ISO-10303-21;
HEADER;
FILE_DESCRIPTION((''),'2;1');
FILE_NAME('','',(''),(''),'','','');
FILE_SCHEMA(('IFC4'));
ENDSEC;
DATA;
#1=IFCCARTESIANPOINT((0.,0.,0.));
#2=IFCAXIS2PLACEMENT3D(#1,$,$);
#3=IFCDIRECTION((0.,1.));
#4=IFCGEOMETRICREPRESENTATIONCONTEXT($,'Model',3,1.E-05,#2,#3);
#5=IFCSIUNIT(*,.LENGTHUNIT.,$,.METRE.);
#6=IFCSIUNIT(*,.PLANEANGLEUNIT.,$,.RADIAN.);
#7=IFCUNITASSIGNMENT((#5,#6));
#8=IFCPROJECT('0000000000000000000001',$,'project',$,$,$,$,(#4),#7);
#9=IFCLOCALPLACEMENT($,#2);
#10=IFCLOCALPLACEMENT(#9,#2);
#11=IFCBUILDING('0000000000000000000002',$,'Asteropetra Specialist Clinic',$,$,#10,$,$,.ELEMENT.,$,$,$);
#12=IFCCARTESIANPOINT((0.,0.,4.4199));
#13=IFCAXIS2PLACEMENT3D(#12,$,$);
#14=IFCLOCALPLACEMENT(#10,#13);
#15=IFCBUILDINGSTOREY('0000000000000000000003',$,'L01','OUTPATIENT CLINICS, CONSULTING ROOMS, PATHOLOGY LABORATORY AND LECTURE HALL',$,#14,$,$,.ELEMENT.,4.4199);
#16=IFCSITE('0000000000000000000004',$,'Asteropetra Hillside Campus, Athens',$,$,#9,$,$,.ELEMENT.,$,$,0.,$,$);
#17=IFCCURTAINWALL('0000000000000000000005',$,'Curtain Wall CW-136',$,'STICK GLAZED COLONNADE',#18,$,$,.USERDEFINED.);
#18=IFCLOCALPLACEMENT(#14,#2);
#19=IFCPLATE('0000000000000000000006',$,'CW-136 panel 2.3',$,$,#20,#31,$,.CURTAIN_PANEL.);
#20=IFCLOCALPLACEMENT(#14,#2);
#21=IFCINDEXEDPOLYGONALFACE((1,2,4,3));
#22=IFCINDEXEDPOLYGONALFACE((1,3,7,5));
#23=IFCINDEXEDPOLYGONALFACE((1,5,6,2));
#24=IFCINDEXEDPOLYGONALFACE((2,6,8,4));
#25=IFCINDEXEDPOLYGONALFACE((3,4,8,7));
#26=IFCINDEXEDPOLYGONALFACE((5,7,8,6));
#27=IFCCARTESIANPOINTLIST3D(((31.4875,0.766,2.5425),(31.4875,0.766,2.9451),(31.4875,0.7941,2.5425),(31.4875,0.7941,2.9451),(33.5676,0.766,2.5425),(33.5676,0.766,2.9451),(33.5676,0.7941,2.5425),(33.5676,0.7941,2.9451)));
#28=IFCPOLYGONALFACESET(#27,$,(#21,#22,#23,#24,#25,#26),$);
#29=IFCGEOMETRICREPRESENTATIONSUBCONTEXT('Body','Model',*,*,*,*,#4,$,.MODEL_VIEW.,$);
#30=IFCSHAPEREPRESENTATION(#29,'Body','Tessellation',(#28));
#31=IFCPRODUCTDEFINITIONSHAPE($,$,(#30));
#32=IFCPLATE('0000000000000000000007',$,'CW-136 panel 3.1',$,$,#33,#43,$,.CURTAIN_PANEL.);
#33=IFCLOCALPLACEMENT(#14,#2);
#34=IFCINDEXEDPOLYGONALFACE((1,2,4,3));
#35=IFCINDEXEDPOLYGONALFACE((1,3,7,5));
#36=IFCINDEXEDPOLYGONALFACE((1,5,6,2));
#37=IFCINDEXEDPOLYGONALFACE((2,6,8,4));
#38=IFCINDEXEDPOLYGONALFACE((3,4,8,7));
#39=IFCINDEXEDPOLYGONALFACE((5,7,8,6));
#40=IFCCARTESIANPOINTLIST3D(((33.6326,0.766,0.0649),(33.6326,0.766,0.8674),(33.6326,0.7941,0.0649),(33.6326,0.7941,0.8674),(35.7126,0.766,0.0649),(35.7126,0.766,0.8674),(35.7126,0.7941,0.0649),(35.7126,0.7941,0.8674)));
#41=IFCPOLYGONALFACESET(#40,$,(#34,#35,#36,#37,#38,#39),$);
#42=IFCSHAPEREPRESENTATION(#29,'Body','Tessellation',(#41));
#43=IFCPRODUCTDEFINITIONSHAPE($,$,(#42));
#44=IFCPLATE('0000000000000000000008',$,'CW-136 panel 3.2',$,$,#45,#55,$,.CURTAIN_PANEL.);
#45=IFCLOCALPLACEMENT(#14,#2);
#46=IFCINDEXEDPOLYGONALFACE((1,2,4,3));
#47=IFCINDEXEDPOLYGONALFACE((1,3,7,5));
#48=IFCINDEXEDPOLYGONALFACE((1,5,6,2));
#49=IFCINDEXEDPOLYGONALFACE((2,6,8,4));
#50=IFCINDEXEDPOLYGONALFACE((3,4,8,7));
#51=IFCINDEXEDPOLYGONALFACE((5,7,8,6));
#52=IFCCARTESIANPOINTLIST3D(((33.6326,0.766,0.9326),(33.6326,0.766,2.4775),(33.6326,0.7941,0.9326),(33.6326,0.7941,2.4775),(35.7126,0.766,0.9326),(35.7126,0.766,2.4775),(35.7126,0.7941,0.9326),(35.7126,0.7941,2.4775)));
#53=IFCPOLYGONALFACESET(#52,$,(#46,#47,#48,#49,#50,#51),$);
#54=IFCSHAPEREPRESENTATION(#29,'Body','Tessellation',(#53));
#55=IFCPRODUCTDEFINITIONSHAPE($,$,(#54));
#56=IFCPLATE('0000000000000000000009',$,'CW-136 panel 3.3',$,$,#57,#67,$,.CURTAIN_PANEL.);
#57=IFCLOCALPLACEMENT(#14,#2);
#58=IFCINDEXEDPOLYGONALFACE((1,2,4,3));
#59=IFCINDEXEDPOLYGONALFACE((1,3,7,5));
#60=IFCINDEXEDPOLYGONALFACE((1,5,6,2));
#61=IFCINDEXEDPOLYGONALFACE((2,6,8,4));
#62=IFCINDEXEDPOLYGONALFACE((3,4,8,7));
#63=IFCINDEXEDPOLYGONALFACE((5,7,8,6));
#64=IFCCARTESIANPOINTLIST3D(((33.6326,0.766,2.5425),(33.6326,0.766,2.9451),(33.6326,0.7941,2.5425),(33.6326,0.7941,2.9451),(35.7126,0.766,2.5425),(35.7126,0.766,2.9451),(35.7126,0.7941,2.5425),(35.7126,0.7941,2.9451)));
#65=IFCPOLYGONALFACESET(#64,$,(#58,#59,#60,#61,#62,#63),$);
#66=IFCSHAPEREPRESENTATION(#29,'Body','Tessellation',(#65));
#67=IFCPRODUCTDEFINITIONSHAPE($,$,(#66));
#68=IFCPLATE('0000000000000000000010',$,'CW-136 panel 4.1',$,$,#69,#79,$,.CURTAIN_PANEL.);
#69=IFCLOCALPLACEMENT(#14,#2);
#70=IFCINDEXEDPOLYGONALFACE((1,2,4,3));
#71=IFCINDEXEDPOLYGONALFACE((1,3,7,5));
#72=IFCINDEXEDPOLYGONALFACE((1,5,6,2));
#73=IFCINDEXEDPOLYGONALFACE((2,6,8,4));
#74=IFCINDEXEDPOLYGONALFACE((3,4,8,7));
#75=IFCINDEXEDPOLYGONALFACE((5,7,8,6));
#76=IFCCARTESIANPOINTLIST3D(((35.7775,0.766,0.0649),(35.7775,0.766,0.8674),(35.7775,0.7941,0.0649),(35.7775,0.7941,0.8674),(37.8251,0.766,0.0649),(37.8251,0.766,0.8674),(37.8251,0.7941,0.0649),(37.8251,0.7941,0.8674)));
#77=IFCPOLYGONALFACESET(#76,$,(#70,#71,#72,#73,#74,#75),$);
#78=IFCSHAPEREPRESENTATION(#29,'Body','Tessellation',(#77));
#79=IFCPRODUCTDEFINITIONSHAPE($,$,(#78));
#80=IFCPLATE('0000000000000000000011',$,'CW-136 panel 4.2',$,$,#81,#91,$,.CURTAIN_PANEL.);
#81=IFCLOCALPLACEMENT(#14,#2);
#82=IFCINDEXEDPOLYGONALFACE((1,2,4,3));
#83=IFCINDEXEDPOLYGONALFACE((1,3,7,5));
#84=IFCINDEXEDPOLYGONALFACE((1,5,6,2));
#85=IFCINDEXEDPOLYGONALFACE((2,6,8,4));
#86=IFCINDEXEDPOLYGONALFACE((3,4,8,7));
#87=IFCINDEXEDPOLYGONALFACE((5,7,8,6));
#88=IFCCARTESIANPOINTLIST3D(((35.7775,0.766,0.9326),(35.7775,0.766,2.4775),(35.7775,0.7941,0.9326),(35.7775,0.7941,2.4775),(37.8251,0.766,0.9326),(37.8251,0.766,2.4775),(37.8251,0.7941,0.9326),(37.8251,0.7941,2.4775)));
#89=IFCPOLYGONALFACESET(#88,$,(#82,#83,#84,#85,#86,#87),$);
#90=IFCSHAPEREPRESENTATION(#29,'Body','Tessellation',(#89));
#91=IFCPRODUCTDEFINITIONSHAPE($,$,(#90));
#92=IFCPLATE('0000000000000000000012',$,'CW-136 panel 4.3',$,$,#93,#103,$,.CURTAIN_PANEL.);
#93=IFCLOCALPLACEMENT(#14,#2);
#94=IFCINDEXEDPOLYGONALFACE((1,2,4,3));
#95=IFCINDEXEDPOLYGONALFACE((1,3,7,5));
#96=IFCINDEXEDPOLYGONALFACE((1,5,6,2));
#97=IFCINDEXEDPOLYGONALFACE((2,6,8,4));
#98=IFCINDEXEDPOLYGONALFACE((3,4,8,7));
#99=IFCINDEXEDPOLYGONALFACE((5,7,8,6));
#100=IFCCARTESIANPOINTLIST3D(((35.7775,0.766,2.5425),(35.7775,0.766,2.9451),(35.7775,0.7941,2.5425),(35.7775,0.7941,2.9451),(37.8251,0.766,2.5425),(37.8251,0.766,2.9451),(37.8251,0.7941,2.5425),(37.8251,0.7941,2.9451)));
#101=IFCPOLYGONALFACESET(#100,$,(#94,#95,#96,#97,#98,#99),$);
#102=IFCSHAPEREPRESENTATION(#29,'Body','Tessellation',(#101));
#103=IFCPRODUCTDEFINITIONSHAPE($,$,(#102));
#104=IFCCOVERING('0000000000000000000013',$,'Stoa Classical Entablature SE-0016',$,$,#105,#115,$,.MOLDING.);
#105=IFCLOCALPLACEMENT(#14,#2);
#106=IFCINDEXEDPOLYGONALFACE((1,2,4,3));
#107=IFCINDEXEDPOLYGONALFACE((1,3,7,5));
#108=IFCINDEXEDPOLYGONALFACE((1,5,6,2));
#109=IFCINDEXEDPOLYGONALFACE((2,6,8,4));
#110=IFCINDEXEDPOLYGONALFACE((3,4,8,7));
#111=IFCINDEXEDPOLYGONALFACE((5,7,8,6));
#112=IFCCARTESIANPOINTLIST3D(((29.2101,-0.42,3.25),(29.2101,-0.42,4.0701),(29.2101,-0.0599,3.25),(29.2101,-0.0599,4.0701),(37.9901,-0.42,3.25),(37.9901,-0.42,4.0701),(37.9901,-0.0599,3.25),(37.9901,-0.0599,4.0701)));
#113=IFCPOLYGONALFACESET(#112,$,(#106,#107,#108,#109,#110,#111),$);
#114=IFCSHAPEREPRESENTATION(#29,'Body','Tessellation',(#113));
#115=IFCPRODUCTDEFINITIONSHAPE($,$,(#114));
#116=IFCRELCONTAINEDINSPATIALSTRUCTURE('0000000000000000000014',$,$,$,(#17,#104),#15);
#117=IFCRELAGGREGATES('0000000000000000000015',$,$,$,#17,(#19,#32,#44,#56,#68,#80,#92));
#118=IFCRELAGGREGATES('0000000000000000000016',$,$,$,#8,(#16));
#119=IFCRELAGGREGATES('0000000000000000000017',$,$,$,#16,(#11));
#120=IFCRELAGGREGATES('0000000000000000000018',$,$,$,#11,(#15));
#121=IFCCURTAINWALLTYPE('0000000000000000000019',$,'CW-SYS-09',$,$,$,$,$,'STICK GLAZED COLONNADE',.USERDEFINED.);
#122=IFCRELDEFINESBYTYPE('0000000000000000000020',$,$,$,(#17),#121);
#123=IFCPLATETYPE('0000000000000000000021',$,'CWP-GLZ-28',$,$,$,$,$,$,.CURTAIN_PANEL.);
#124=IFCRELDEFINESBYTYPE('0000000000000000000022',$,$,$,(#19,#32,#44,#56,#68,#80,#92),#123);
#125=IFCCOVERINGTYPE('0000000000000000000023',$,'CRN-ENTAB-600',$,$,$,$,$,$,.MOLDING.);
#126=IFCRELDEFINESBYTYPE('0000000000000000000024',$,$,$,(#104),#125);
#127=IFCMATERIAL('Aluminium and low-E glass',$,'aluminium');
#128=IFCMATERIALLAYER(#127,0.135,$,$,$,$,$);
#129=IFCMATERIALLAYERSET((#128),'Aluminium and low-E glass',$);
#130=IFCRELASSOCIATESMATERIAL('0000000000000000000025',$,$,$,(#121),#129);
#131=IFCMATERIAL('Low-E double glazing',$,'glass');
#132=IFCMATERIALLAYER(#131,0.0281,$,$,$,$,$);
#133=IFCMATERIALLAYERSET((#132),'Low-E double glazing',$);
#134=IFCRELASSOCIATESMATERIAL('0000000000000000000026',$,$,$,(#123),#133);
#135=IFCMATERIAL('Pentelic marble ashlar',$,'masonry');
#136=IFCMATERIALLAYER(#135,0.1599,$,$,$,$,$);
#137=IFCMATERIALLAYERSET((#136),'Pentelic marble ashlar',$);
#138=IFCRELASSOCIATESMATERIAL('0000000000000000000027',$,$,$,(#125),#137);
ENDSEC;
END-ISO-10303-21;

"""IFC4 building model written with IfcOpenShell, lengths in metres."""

from ifc_helpers import new_model, si_unit, direction, frame, origin, origin_2d, place, context, subcontext, project, spatial, rectangle, extrude, material, layer, layer_set, type_object, element, aggregate, save


model = new_model("IFC4")

# Units and contexts
model_context = context("Model", 3, precision=1e-05, world=origin(), true_north=direction((0.0, 1.0)))
body_context = subcontext(model_context, "Body", "Model", "MODEL_VIEW")
ifc_project = project(units=[si_unit("LENGTHUNIT", "METRE"), si_unit("PLANEANGLEUNIT", "RADIAN")], contexts=[model_context])

# Site, building, storey
site_placement = place(None, origin())
site = spatial("IfcSite", under=ifc_project, at=site_placement, Name="Asteropetra Hillside Campus, Athens", CompositionType="ELEMENT", RefElevation=0.0)
building_placement = place(site_placement, origin())
building = spatial("IfcBuilding", under=site, at=building_placement, Name="Asteropetra Specialist Clinic", CompositionType="ELEMENT")
storey_placement = place(building_placement, frame((0.0, 0.0, 4.4199)))
storey = spatial("IfcBuildingStorey", under=building, at=storey_placement, Name="L01", Description="OUTPATIENT CLINICS, CONSULTING ROOMS, PATHOLOGY LABORATORY AND LECTURE HALL", CompositionType="ELEMENT", Elevation=4.4199)

# Curtain wall
ifc_material_1 = material(Name="Aluminium and low-E glass", Category="aluminium")
ifc_layer_1 = layer(ifc_material_1, 0.135)
ifc_layer_set_1 = layer_set([ifc_layer_1], Name="Aluminium and low-E glass")
curtain_wall_type = type_object("IfcCurtainWallType", Name="CW-SYS-09", ElementType="STICK GLAZED COLONNADE", PredefinedType="USERDEFINED", material=ifc_layer_set_1)
curtain_wall_placement = place(storey_placement, origin())
curtain_wall = element("IfcCurtainWall", 1, at=curtain_wall_placement, inside=storey, type_object=curtain_wall_type, Name="Curtain Wall CW-136", ObjectType="STICK GLAZED COLONNADE", PredefinedType="USERDEFINED")

# Plates
ifc_material_2 = material(Name="Low-E double glazing", Category="glass")
ifc_layer_2 = layer(ifc_material_2, 0.0281)
ifc_layer_set_2 = layer_set([ifc_layer_2], Name="Low-E double glazing")
plate_type = type_object("IfcPlateType", Name="CWP-GLZ-28", PredefinedType="CURTAIN_PANEL", material=ifc_layer_set_2)
plate_1_placement = place(storey_placement, frame((32.5276, 0.78, 2.5425), z_axis=(0.0, 0.0, 1.0), x_axis=(1.0, 0.0, 0.0)))
plate_1 = element("IfcPlate", 2, at=plate_1_placement, type_object=plate_type, Name="CW-136 panel 2.3", PredefinedType="CURTAIN_PANEL", context=body_context, shape_type="SweptSolid", body=[
    extrude(rectangle(XDim=2.0801, YDim=0.0281, at=origin_2d()), origin(), (0.0, 0.0, 1.0), 0.4026),
])
plate_2_placement = place(storey_placement, frame((34.6726, 0.78, 0.0649), z_axis=(0.0, 0.0, 1.0), x_axis=(1.0, 0.0, 0.0)))
plate_2 = element("IfcPlate", 3, at=plate_2_placement, type_object=plate_type, Name="CW-136 panel 3.1", PredefinedType="CURTAIN_PANEL", context=body_context, shape_type="SweptSolid", body=[
    extrude(rectangle(XDim=2.0801, YDim=0.0281, at=origin_2d()), origin(), (0.0, 0.0, 1.0), 0.8025),
])
plate_3_placement = place(storey_placement, frame((34.6726, 0.78, 0.9326), z_axis=(0.0, 0.0, 1.0), x_axis=(1.0, 0.0, 0.0)))
plate_3 = element("IfcPlate", 4, at=plate_3_placement, type_object=plate_type, Name="CW-136 panel 3.2", PredefinedType="CURTAIN_PANEL", context=body_context, shape_type="SweptSolid", body=[
    extrude(rectangle(XDim=2.0801, YDim=0.0281, at=origin_2d()), origin(), (0.0, 0.0, 1.0), 1.5449),
])
plate_4_placement = place(storey_placement, frame((34.6726, 0.78, 2.5425), z_axis=(0.0, 0.0, 1.0), x_axis=(1.0, 0.0, 0.0)))
plate_4 = element("IfcPlate", 5, at=plate_4_placement, type_object=plate_type, Name="CW-136 panel 3.3", PredefinedType="CURTAIN_PANEL", context=body_context, shape_type="SweptSolid", body=[
    extrude(rectangle(XDim=2.0801, YDim=0.0281, at=origin_2d()), origin(), (0.0, 0.0, 1.0), 0.4026),
])
plate_5_placement = place(storey_placement, frame((36.8013, 0.78, 0.0649), z_axis=(0.0, 0.0, 1.0), x_axis=(1.0, 0.0, 0.0)))
plate_5 = element("IfcPlate", 6, at=plate_5_placement, type_object=plate_type, Name="CW-136 panel 4.1", PredefinedType="CURTAIN_PANEL", context=body_context, shape_type="SweptSolid", body=[
    extrude(rectangle(XDim=2.0476, YDim=0.0281, at=origin_2d()), origin(), (0.0, 0.0, 1.0), 0.8025),
])
plate_6_placement = place(storey_placement, frame((36.8013, 0.78, 0.9326), z_axis=(0.0, 0.0, 1.0), x_axis=(1.0, 0.0, 0.0)))
plate_6 = element("IfcPlate", 7, at=plate_6_placement, type_object=plate_type, Name="CW-136 panel 4.2", PredefinedType="CURTAIN_PANEL", context=body_context, shape_type="SweptSolid", body=[
    extrude(rectangle(XDim=2.0476, YDim=0.0281, at=origin_2d()), origin(), (0.0, 0.0, 1.0), 1.5449),
])
plate_7_placement = place(storey_placement, frame((36.8013, 0.78, 2.5425), z_axis=(0.0, 0.0, 1.0), x_axis=(1.0, 0.0, 0.0)))
plate_7 = element("IfcPlate", 8, at=plate_7_placement, type_object=plate_type, Name="CW-136 panel 4.3", PredefinedType="CURTAIN_PANEL", context=body_context, shape_type="SweptSolid", body=[
    extrude(rectangle(XDim=2.0476, YDim=0.0281, at=origin_2d()), origin(), (0.0, 0.0, 1.0), 0.4026),
])
aggregate(curtain_wall, [plate_1, plate_2, plate_3, plate_4, plate_5, plate_6, plate_7])

# Covering
ifc_material_3 = material(Name="Pentelic marble ashlar", Category="masonry")
ifc_layer_3 = layer(ifc_material_3, 0.1599)
ifc_layer_set_3 = layer_set([ifc_layer_3], Name="Pentelic marble ashlar")
covering_type = type_object("IfcCoveringType", Name="CRN-ENTAB-600", PredefinedType="MOLDING", material=ifc_layer_set_3)
covering_placement = place(storey_placement, frame((33.6001, -0.24, 3.25), z_axis=(0.0, 0.0, 1.0), x_axis=(1.0, 0.0, 0.0)))
element("IfcCovering", 9, at=covering_placement, inside=storey, type_object=covering_type, Name="Stoa Classical Entablature SE-0016", PredefinedType="MOLDING", context=body_context, shape_type="SweptSolid", body=[
    extrude(rectangle(XDim=8.78, YDim=0.3601, at=origin_2d()), origin(), (0.0, 0.0, 1.0), 0.8201),
])

save(model, "model.ifc")
